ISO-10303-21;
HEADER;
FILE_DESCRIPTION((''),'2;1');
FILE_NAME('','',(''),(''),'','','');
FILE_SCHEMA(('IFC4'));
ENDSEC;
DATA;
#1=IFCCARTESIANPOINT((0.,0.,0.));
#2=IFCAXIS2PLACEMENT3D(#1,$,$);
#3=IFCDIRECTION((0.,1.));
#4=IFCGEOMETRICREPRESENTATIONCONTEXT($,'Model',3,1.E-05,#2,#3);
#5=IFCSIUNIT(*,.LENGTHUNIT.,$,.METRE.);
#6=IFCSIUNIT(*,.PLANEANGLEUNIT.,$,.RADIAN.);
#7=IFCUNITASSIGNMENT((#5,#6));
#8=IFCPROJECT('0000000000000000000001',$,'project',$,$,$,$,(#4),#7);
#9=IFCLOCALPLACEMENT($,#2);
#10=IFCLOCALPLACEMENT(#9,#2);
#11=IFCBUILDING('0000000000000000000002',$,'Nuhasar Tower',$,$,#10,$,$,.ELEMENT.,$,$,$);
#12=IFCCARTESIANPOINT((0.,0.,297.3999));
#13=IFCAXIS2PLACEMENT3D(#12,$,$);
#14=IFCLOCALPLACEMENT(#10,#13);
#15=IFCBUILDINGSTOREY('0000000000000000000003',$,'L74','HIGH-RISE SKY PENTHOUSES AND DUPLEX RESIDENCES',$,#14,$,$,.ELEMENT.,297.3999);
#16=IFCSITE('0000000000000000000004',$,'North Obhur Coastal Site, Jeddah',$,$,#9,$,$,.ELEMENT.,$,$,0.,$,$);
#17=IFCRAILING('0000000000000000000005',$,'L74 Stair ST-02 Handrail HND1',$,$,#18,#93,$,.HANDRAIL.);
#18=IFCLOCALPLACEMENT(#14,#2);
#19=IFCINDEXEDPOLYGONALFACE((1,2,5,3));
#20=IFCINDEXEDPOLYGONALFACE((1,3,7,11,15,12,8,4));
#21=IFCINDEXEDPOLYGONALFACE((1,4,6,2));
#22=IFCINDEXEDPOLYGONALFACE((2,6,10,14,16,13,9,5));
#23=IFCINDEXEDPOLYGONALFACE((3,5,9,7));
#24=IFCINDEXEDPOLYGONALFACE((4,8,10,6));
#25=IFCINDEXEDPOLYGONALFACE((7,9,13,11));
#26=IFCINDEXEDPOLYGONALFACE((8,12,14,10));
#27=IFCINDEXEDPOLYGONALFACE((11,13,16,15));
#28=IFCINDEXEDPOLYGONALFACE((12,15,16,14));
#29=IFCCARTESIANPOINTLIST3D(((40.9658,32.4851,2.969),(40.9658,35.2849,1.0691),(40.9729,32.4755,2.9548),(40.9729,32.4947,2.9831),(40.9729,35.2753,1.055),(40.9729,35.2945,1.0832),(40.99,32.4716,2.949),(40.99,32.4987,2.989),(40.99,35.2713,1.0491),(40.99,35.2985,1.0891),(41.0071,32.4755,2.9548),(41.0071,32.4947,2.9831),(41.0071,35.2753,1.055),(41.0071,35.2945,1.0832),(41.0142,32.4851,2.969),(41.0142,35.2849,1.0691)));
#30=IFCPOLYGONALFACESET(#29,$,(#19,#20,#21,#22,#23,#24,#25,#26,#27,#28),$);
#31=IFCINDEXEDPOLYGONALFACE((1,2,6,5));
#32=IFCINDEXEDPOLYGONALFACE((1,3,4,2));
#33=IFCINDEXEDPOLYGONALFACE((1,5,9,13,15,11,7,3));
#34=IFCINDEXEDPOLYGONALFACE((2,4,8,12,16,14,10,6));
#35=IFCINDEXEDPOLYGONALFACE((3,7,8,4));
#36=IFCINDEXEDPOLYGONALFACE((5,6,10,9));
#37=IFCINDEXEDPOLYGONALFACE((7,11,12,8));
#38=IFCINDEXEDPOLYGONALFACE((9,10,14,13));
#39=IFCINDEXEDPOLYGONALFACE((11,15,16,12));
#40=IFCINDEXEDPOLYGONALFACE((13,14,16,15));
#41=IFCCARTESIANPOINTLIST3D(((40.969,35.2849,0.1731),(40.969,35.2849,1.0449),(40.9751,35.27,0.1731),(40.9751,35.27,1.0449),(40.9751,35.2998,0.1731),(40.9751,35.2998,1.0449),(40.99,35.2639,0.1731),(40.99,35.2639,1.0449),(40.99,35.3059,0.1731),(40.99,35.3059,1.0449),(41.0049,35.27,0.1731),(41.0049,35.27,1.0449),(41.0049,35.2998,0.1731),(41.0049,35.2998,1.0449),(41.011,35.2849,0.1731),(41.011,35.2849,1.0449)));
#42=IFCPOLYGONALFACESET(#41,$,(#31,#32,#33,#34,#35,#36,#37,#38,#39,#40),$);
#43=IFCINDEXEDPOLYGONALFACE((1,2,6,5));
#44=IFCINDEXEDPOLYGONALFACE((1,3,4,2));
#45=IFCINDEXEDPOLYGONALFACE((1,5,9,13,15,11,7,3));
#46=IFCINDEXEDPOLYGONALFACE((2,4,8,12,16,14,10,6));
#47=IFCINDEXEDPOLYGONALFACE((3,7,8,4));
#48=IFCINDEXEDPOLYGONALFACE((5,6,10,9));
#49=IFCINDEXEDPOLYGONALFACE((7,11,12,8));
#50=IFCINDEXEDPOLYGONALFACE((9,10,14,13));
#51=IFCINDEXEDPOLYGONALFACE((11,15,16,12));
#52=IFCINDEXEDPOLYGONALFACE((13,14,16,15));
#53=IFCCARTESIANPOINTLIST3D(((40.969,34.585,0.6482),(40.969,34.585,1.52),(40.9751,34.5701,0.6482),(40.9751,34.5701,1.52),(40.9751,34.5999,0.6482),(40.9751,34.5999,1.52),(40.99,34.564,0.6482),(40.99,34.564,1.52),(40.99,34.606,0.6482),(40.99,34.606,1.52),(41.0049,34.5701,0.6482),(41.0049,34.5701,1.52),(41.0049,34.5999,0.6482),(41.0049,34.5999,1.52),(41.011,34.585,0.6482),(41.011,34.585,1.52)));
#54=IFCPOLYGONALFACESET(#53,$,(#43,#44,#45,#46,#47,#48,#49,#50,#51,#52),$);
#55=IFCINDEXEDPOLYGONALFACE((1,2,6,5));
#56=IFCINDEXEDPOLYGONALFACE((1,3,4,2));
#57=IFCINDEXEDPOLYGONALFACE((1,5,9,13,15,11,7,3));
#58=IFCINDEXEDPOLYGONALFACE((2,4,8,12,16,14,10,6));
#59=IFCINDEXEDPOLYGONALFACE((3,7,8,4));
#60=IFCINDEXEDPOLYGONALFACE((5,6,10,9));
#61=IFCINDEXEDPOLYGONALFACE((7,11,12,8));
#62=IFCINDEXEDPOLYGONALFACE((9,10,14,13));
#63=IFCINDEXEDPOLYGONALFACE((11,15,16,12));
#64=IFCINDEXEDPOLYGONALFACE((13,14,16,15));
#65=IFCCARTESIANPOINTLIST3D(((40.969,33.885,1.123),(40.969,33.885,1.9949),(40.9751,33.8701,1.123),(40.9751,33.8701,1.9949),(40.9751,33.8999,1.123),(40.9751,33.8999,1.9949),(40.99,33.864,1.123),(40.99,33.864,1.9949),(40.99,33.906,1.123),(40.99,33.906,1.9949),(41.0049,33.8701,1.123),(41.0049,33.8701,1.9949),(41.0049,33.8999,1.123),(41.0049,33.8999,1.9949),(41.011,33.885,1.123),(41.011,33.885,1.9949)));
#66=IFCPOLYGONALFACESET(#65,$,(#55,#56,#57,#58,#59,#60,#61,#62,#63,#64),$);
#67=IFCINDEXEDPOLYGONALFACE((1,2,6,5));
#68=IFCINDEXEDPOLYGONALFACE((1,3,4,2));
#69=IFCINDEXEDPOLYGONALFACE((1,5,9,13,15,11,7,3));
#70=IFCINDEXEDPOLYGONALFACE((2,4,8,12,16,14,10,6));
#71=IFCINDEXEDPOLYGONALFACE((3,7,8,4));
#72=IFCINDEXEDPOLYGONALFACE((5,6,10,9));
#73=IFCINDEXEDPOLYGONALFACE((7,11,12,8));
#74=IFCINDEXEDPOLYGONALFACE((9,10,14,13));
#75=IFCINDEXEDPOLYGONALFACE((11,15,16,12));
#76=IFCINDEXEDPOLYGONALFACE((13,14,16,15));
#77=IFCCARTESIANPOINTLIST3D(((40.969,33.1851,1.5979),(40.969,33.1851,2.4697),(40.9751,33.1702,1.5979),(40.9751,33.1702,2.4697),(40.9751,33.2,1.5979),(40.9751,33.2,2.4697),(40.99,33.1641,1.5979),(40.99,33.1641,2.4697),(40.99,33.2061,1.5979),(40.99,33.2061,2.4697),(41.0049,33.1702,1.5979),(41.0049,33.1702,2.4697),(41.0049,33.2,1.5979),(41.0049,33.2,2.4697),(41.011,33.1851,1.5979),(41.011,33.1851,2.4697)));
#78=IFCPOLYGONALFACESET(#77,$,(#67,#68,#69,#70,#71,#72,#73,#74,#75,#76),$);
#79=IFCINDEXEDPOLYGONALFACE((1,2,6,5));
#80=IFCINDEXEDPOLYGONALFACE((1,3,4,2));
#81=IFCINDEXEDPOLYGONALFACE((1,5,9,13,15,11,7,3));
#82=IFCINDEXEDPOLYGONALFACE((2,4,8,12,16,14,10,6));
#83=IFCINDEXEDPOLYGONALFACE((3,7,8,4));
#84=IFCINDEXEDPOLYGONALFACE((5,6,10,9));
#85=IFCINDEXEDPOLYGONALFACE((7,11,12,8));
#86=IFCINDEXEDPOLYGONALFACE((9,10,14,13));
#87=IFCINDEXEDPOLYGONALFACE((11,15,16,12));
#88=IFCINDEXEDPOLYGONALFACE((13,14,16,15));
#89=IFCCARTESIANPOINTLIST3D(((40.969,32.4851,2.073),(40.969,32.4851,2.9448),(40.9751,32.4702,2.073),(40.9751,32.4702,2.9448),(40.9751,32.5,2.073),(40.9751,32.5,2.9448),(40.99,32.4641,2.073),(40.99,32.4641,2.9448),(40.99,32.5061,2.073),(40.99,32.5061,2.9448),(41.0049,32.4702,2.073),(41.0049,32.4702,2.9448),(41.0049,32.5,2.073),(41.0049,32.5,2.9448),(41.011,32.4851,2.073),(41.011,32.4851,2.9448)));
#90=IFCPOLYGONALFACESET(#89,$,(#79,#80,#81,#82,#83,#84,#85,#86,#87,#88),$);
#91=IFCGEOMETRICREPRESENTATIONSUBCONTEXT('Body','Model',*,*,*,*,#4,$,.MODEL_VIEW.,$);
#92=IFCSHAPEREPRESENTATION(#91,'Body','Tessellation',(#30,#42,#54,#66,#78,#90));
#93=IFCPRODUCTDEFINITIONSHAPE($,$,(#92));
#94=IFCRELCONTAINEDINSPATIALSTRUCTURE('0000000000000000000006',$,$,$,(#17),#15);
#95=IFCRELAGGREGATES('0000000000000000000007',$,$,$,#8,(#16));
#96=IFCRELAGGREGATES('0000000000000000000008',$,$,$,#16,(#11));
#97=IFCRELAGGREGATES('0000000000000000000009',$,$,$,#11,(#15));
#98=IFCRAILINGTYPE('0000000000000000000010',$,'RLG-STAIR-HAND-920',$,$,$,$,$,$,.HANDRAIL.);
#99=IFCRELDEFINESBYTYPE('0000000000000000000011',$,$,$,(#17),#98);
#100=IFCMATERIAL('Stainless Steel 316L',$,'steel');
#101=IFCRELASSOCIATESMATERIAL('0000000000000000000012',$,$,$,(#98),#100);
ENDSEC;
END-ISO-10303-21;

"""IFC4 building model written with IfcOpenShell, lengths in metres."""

from ifc_helpers import new_model, si_unit, direction, frame, origin, place, context, subcontext, project, spatial, polyline, outline, extrude, material, type_object, element, save


model = new_model("IFC4")

# Units and contexts
model_context = context("Model", 3, precision=1e-05, world=origin(), true_north=direction((0.0, 1.0)))
body_context = subcontext(model_context, "Body", "Model", "MODEL_VIEW")
ifc_project = project(units=[si_unit("LENGTHUNIT", "METRE"), si_unit("PLANEANGLEUNIT", "RADIAN")], contexts=[model_context])

# Site, building, storey
site_placement = place(None, origin())
site = spatial("IfcSite", under=ifc_project, at=site_placement, Name="North Obhur Coastal Site, Jeddah", CompositionType="ELEMENT", RefElevation=0.0)
building_placement = place(site_placement, origin())
building = spatial("IfcBuilding", under=site, at=building_placement, Name="Nuhasar Tower", CompositionType="ELEMENT")
storey_placement = place(building_placement, frame((0.0, 0.0, 297.3999)))
storey = spatial("IfcBuildingStorey", under=building, at=storey_placement, Name="L74", Description="HIGH-RISE SKY PENTHOUSES AND DUPLEX RESIDENCES", CompositionType="ELEMENT", Elevation=297.3999)

# Railing
ifc_material_1 = material(Name="Stainless Steel 316L", Category="steel")
railing_type_1 = type_object("IfcRailingType", Name="RLG-STAIR-HAND-920", PredefinedType="HANDRAIL", material=ifc_material_1)
railing_1_placement = place(storey_placement, frame((40.99, 35.2849, 0.1731)))
element("IfcRailing", 1, at=railing_1_placement, inside=storey, type_object=railing_type_1, Name="L74 Stair ST-02 Handrail HND1", PredefinedType="HANDRAIL", context=body_context, shape_type="SweptSolid", body=[
    extrude(outline(polyline([(0.0242, 0.0), (0.0171, 0.0171), (0.0, 0.0242), (-0.0171, 0.0171), (-0.0242, 0.0), (-0.0171, -0.0171), (0.0, -0.0242), (0.0171, -0.0171), (0.0242, 0.0)])), frame((0.0, 0.0, 0.896), z_axis=(0.0, -0.827471, 0.561508), x_axis=(1.0, 0.0, 0.0)), (0.0, 0.0, 1.0), 3.3835),
    extrude(outline(polyline([(0.021, 0.0), (0.0149, 0.0149), (0.0, 0.021), (-0.0149, 0.0149), (-0.021, 0.0), (-0.0149, -0.0149), (0.0, -0.021), (0.0149, -0.0149), (0.021, 0.0)])), origin(), (0.0, 0.0, 1.0), 0.8718),
    extrude(outline(polyline([(0.021, 0.0), (0.0149, 0.0149), (0.0, 0.021), (-0.0149, 0.0149), (-0.021, 0.0), (-0.0149, -0.0149), (0.0, -0.021), (0.0149, -0.0149), (0.021, 0.0)])), frame((0.0, -0.7, 0.4751)), (0.0, 0.0, 1.0), 0.8718),
    extrude(outline(polyline([(0.021, 0.0), (0.0149, 0.0149), (0.0, 0.021), (-0.0149, 0.0149), (-0.021, 0.0), (-0.0149, -0.0149), (0.0, -0.021), (0.0149, -0.0149), (0.021, 0.0)])), frame((0.0, -1.3999, 0.95)), (0.0, 0.0, 1.0), 0.8718),
    extrude(outline(polyline([(0.021, 0.0), (0.0149, 0.0149), (0.0, 0.021), (-0.0149, 0.0149), (-0.021, 0.0), (-0.0149, -0.0149), (0.0, -0.021), (0.0149, -0.0149), (0.021, 0.0)])), frame((0.0, -2.0999, 1.4248)), (0.0, 0.0, 1.0), 0.8718),
    extrude(outline(polyline([(0.021, 0.0), (0.0149, 0.0149), (0.0, 0.021), (-0.0149, 0.0149), (-0.021, 0.0), (-0.0149, -0.0149), (0.0, -0.021), (0.0149, -0.0149), (0.021, 0.0)])), frame((0.0, -2.7998, 1.8999)), (0.0, 0.0, 1.0), 0.8718),
])

save(model, "model.ifc")
